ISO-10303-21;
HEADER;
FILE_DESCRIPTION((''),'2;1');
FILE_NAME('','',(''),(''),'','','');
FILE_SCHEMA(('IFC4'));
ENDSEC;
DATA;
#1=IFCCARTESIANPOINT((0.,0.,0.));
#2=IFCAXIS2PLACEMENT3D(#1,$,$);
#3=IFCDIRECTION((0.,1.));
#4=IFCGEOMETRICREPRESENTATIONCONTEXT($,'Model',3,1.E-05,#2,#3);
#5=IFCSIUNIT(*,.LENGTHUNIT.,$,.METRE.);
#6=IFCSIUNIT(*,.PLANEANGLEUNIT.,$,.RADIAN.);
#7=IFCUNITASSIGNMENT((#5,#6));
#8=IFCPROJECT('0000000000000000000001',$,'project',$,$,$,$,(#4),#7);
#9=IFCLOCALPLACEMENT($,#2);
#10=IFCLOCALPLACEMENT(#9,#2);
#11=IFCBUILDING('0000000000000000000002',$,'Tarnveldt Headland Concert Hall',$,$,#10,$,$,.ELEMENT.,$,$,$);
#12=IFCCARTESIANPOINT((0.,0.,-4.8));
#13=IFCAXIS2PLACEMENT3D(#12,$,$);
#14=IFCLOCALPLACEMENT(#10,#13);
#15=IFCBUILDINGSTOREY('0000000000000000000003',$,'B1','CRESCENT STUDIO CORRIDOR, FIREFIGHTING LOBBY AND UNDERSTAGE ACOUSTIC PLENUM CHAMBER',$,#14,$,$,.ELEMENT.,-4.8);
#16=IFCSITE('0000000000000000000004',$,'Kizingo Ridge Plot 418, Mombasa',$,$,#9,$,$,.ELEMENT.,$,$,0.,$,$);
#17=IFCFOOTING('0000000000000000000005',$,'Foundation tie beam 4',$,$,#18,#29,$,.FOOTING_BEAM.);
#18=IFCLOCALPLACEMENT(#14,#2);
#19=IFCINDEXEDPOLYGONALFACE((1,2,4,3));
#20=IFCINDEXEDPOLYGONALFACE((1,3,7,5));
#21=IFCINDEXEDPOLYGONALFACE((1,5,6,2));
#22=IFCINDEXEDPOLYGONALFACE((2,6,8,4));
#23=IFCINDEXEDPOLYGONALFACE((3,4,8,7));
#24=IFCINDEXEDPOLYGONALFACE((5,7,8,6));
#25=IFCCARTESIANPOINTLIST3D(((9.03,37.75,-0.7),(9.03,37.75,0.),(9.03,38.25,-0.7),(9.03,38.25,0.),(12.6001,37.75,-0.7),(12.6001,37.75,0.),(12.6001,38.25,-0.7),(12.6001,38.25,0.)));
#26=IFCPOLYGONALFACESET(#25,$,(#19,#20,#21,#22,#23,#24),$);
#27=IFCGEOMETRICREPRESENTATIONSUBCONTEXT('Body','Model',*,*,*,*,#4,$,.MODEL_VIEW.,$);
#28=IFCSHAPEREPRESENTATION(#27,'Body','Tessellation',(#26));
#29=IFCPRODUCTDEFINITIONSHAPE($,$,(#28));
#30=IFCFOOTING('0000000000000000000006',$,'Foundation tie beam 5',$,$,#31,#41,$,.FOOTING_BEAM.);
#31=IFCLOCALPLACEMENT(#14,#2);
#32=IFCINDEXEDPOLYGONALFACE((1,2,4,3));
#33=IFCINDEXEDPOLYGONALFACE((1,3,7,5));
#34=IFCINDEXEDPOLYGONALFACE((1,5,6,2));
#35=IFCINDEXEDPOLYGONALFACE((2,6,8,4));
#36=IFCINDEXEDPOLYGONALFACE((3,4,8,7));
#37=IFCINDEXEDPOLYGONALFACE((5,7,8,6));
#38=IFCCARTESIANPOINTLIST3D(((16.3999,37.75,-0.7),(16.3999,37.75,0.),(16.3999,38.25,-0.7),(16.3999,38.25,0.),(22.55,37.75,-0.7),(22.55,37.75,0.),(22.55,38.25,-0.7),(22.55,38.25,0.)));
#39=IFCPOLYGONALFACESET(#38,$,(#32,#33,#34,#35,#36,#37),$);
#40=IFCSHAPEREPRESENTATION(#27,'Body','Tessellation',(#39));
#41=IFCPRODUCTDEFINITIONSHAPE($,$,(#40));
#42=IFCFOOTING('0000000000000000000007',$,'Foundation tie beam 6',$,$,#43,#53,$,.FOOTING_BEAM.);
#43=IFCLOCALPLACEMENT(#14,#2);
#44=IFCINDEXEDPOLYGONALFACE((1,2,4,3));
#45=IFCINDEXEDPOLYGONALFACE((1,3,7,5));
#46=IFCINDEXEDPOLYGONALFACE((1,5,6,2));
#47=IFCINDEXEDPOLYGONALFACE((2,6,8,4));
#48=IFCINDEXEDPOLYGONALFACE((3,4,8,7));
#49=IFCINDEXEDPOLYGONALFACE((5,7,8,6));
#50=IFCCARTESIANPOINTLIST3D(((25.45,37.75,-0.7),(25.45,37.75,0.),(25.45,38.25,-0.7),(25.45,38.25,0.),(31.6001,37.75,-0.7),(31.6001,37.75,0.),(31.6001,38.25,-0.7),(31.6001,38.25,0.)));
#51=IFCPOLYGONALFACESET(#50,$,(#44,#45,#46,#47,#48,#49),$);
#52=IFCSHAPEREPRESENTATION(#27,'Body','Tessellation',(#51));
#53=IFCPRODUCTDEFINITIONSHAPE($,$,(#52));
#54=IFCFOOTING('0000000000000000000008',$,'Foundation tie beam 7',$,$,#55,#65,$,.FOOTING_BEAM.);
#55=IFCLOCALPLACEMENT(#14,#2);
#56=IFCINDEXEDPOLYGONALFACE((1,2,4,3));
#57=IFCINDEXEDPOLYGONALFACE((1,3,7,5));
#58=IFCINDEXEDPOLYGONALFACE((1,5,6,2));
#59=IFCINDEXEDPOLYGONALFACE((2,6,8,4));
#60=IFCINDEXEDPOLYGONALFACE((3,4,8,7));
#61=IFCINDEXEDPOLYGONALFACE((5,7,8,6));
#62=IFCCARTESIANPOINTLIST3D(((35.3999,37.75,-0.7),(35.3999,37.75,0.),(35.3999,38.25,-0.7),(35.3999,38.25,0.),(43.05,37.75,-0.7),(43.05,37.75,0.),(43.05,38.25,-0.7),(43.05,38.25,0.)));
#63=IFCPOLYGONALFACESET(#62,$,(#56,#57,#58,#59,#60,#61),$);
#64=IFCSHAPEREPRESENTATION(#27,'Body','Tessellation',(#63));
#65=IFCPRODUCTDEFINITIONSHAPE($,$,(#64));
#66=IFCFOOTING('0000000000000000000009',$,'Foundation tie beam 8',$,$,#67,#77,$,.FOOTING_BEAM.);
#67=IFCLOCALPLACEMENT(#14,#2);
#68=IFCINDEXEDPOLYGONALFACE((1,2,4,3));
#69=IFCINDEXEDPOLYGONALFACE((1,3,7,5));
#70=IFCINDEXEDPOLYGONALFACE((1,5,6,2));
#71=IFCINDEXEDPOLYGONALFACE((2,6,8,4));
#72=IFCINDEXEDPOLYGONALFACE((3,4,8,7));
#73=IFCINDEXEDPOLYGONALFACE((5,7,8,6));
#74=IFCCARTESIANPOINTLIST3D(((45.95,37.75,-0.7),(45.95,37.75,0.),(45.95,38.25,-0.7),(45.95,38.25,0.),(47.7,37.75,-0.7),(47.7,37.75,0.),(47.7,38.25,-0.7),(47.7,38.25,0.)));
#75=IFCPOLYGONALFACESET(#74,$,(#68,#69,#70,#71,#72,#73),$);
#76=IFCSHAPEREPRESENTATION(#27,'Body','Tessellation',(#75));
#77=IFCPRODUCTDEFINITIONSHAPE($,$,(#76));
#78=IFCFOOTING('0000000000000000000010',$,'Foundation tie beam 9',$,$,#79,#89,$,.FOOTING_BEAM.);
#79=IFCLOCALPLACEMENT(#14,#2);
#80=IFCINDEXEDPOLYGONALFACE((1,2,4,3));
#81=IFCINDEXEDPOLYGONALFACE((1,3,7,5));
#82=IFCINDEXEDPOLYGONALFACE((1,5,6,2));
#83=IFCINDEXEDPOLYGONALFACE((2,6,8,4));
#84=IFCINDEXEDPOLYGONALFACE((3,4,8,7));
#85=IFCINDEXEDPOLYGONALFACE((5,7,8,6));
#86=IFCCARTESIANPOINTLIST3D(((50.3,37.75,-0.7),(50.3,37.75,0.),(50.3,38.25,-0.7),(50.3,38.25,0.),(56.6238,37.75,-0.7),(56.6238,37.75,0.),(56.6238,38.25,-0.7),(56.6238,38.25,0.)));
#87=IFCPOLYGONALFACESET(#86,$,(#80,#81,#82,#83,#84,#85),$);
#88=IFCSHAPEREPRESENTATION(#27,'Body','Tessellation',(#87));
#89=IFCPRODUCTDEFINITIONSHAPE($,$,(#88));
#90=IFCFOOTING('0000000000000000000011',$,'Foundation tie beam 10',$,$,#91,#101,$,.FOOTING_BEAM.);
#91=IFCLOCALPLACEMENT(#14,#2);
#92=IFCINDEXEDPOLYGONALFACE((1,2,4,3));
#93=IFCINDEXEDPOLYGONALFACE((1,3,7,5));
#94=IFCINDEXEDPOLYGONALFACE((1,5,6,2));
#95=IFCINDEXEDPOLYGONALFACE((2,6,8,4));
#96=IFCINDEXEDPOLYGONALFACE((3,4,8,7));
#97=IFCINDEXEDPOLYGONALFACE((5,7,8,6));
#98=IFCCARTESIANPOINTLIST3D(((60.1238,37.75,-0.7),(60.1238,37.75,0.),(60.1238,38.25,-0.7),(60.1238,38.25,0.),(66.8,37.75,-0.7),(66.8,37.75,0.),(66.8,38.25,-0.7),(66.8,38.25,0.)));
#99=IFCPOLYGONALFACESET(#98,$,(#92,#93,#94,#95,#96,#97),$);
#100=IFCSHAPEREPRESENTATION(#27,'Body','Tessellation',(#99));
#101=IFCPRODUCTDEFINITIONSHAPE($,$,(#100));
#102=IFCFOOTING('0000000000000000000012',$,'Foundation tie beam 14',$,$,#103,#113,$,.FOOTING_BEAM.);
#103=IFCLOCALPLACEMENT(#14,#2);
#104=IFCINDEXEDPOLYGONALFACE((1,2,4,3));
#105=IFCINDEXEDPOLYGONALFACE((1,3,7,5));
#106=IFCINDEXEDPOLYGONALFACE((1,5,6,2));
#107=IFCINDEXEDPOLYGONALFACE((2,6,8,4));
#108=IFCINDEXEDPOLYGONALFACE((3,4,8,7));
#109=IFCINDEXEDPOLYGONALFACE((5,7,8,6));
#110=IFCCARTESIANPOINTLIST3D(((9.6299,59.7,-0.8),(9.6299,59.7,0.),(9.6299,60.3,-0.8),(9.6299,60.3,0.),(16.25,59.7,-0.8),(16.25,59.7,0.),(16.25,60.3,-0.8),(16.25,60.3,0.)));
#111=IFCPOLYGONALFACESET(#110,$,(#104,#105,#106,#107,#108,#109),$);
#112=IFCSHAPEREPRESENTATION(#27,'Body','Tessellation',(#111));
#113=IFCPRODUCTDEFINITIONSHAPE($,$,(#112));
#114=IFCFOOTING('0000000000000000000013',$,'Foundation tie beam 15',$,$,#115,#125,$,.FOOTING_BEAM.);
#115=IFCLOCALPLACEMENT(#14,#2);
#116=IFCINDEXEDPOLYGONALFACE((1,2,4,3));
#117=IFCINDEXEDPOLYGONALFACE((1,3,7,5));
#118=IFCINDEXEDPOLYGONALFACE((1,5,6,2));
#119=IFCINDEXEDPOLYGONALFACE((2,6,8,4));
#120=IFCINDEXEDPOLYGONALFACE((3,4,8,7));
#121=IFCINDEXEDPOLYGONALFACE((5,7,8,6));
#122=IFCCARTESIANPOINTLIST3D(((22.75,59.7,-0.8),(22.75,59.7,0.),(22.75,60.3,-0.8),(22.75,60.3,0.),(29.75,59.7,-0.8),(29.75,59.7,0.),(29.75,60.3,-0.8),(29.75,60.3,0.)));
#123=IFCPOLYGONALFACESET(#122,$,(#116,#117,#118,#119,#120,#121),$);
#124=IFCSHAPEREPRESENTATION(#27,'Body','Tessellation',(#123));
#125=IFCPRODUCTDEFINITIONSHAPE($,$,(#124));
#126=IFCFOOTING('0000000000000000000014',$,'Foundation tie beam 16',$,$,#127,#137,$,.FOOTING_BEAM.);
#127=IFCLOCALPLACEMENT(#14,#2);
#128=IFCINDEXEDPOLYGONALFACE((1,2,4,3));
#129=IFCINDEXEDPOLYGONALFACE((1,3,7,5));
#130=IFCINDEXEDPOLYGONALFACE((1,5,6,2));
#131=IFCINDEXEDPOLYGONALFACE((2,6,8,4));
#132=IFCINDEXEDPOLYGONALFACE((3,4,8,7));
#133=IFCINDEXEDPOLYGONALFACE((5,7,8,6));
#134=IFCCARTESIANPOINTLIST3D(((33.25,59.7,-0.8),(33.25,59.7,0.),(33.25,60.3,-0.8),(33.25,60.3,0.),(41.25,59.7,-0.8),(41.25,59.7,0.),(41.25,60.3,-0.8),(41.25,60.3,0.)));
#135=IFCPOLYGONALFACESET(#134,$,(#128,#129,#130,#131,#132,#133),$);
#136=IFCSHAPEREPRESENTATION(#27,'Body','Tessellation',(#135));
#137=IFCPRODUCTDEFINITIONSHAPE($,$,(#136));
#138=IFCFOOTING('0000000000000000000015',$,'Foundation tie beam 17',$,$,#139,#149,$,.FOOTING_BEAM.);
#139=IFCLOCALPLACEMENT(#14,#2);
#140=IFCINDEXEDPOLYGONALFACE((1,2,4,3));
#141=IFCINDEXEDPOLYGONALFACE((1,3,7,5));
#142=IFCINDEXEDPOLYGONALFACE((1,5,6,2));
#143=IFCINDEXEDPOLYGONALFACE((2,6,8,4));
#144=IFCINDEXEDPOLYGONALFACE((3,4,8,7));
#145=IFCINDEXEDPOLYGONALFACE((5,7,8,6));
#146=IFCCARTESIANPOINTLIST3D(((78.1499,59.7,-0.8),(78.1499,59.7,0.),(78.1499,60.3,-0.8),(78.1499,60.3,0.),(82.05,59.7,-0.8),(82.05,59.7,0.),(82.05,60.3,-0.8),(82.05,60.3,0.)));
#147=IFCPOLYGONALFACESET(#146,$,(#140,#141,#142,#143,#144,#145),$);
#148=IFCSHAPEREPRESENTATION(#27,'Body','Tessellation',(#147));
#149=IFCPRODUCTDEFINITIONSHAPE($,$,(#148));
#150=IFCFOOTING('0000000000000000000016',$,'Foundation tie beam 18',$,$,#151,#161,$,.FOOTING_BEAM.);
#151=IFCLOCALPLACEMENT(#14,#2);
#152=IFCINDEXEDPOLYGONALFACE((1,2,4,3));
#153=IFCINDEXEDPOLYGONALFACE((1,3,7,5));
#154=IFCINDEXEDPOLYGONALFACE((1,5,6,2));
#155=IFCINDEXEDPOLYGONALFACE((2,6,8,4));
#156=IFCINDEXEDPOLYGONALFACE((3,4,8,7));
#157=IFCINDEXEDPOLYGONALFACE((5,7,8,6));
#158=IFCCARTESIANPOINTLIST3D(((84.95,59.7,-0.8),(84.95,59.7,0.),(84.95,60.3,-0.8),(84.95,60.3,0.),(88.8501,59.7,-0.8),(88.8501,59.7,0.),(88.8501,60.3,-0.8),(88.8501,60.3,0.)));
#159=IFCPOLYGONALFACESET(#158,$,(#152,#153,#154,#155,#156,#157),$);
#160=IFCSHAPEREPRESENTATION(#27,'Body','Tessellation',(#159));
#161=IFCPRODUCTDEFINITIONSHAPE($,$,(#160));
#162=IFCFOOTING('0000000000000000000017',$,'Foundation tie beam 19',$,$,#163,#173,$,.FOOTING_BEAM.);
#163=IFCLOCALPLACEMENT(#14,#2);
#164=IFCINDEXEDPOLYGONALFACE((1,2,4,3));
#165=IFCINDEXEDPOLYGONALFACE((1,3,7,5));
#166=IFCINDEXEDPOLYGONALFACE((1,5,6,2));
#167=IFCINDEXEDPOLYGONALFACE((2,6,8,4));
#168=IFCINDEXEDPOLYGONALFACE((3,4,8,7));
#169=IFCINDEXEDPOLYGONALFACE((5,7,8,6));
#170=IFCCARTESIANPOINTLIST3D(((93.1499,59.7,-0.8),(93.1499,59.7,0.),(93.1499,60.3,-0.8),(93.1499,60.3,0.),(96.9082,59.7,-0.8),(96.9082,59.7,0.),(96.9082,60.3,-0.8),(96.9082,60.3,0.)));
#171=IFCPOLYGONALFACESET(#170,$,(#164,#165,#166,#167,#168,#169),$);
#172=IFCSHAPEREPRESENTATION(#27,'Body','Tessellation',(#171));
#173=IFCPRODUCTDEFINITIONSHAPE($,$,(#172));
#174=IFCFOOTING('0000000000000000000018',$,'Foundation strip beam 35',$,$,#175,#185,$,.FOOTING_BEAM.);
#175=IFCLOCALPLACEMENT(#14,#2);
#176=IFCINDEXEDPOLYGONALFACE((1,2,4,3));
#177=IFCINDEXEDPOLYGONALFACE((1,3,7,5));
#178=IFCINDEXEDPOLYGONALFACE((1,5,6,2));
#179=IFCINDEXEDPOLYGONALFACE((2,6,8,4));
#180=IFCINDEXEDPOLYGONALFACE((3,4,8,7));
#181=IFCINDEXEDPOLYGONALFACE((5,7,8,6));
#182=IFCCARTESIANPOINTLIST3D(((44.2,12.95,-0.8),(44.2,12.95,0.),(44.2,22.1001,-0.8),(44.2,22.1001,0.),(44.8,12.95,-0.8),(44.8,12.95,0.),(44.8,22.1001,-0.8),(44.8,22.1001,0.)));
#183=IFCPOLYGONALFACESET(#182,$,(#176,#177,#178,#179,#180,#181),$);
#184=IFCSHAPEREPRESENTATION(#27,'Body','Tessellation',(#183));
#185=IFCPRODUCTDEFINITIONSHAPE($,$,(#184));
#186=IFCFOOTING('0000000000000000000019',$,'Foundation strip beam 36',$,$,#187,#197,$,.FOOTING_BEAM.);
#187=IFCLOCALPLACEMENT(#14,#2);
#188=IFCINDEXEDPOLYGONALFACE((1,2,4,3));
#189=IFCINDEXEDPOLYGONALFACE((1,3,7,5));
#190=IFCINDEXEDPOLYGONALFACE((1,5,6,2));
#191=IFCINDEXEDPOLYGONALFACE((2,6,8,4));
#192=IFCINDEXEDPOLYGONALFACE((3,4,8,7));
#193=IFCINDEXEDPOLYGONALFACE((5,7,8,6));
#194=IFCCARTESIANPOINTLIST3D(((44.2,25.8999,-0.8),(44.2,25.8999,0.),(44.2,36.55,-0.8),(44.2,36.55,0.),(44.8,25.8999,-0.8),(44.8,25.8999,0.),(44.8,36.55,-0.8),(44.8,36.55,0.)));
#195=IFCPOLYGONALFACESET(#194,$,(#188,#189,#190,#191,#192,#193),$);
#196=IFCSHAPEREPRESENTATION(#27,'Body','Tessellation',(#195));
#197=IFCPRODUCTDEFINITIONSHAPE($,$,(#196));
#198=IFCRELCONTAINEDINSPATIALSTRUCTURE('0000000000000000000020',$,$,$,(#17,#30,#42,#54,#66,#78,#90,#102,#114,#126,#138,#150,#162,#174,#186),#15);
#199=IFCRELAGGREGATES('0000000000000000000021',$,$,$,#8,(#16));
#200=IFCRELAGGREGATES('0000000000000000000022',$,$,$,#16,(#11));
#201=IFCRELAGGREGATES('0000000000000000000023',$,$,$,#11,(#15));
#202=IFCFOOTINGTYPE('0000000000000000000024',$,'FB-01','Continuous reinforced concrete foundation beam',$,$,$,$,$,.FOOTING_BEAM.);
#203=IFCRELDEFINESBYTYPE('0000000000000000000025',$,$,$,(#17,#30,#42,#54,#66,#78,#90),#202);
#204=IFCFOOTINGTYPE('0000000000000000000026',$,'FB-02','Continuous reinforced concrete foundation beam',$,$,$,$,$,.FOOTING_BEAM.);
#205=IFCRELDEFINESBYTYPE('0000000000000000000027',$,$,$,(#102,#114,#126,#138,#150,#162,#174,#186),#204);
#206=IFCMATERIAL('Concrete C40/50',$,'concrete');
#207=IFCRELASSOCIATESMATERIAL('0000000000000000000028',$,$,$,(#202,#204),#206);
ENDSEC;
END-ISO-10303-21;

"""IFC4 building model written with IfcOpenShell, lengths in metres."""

from ifc_helpers import new_model, si_unit, direction, frame, origin, place, context, subcontext, project, spatial, polyline, outline, extrude, material, type_object, element, save


model = new_model("IFC4")

# Units and contexts
model_context = context("Model", 3, precision=1e-05, world=origin(), true_north=direction((0.0, 1.0)))
body_context = subcontext(model_context, "Body", "Model", "MODEL_VIEW")
ifc_project = project(units=[si_unit("LENGTHUNIT", "METRE"), si_unit("PLANEANGLEUNIT", "RADIAN")], contexts=[model_context])

# Site, building, storey
site_placement = place(None, origin())
site = spatial("IfcSite", under=ifc_project, at=site_placement, Name="Kizingo Ridge Plot 418, Mombasa", CompositionType="ELEMENT", RefElevation=0.0)
building_placement = place(site_placement, origin())
building = spatial("IfcBuilding", under=site, at=building_placement, Name="Tarnveldt Headland Concert Hall", CompositionType="ELEMENT")
storey_placement = place(building_placement, frame((0.0, 0.0, -4.8)))
storey = spatial("IfcBuildingStorey", under=building, at=storey_placement, Name="B1", Description="CRESCENT STUDIO CORRIDOR, FIREFIGHTING LOBBY AND UNDERSTAGE ACOUSTIC PLENUM CHAMBER", CompositionType="ELEMENT", Elevation=-4.8)

# Footings
ifc_material = material(Name="Concrete C40/50", Category="concrete")
footing_type_1 = type_object("IfcFootingType", Name="FB-01", Description="Continuous reinforced concrete foundation beam", PredefinedType="FOOTING_BEAM", material=ifc_material)
footing_1_placement = place(storey_placement, frame((0.0, 0.0, -0.7)))
element("IfcFooting", 1, at=footing_1_placement, inside=storey, type_object=footing_type_1, Name="Foundation tie beam 4", PredefinedType="FOOTING_BEAM", context=body_context, shape_type="SweptSolid", body=[
    extrude(outline(polyline([(12.6001, 37.75), (12.6001, 38.25), (9.03, 38.25), (9.03, 37.75), (12.6001, 37.75)])), origin(), (0.0, 0.0, 1.0), 0.7),
])
footing_2_placement = place(storey_placement, frame((0.0, 0.0, -0.7)))
element("IfcFooting", 2, at=footing_2_placement, inside=storey, type_object=footing_type_1, Name="Foundation tie beam 5", PredefinedType="FOOTING_BEAM", context=body_context, shape_type="SweptSolid", body=[
    extrude(outline(polyline([(22.55, 37.75), (22.55, 38.25), (16.3999, 38.25), (16.3999, 37.75), (22.55, 37.75)])), origin(), (0.0, 0.0, 1.0), 0.7),
])
footing_3_placement = place(storey_placement, frame((0.0, 0.0, -0.7)))
element("IfcFooting", 3, at=footing_3_placement, inside=storey, type_object=footing_type_1, Name="Foundation tie beam 6", PredefinedType="FOOTING_BEAM", context=body_context, shape_type="SweptSolid", body=[
    extrude(outline(polyline([(31.6001, 37.75), (31.6001, 38.25), (25.45, 38.25), (25.45, 37.75), (31.6001, 37.75)])), origin(), (0.0, 0.0, 1.0), 0.7),
])
footing_4_placement = place(storey_placement, frame((0.0, 0.0, -0.7)))
element("IfcFooting", 4, at=footing_4_placement, inside=storey, type_object=footing_type_1, Name="Foundation tie beam 7", PredefinedType="FOOTING_BEAM", context=body_context, shape_type="SweptSolid", body=[
    extrude(outline(polyline([(43.05, 37.75), (43.05, 38.25), (35.3999, 38.25), (35.3999, 37.75), (43.05, 37.75)])), origin(), (0.0, 0.0, 1.0), 0.7),
])
footing_5_placement = place(storey_placement, frame((0.0, 0.0, -0.7)))
element("IfcFooting", 5, at=footing_5_placement, inside=storey, type_object=footing_type_1, Name="Foundation tie beam 8", PredefinedType="FOOTING_BEAM", context=body_context, shape_type="SweptSolid", body=[
    extrude(outline(polyline([(47.7, 37.75), (47.7, 38.25), (45.95, 38.25), (45.95, 37.75), (47.7, 37.75)])), origin(), (0.0, 0.0, 1.0), 0.7),
])
footing_6_placement = place(storey_placement, frame((0.0, 0.0, -0.7)))
element("IfcFooting", 6, at=footing_6_placement, inside=storey, type_object=footing_type_1, Name="Foundation tie beam 9", PredefinedType="FOOTING_BEAM", context=body_context, shape_type="SweptSolid", body=[
    extrude(outline(polyline([(56.6238, 37.75), (56.6238, 38.25), (50.3, 38.25), (50.3, 37.75), (56.6238, 37.75)])), origin(), (0.0, 0.0, 1.0), 0.7),
])
footing_7_placement = place(storey_placement, frame((0.0, 0.0, -0.7)))
element("IfcFooting", 7, at=footing_7_placement, inside=storey, type_object=footing_type_1, Name="Foundation tie beam 10", PredefinedType="FOOTING_BEAM", context=body_context, shape_type="SweptSolid", body=[
    extrude(outline(polyline([(66.8, 37.75), (66.8, 38.25), (60.1238, 38.25), (60.1238, 37.75), (66.8, 37.75)])), origin(), (0.0, 0.0, 1.0), 0.7),
])
footing_type_2 = type_object("IfcFootingType", Name="FB-02", Description="Continuous reinforced concrete foundation beam", PredefinedType="FOOTING_BEAM", material=ifc_material)
footing_8_placement = place(storey_placement, frame((0.0, 0.0, -0.8)))
element("IfcFooting", 8, at=footing_8_placement, inside=storey, type_object=footing_type_2, Name="Foundation tie beam 14", PredefinedType="FOOTING_BEAM", context=body_context, shape_type="SweptSolid", body=[
    extrude(outline(polyline([(16.25, 59.7), (16.25, 60.3), (9.6299, 60.3), (9.6299, 59.7), (16.25, 59.7)])), origin(), (0.0, 0.0, 1.0), 0.8),
])
footing_9_placement = place(storey_placement, frame((0.0, 0.0, -0.8)))
element("IfcFooting", 9, at=footing_9_placement, inside=storey, type_object=footing_type_2, Name="Foundation tie beam 15", PredefinedType="FOOTING_BEAM", context=body_context, shape_type="SweptSolid", body=[
    extrude(outline(polyline([(29.75, 59.7), (29.75, 60.3), (22.75, 60.3), (22.75, 59.7), (29.75, 59.7)])), origin(), (0.0, 0.0, 1.0), 0.8),
])
footing_10_placement = place(storey_placement, frame((0.0, 0.0, -0.8)))
element("IfcFooting", 10, at=footing_10_placement, inside=storey, type_object=footing_type_2, Name="Foundation tie beam 16", PredefinedType="FOOTING_BEAM", context=body_context, shape_type="SweptSolid", body=[
    extrude(outline(polyline([(41.25, 59.7), (41.25, 60.3), (33.25, 60.3), (33.25, 59.7), (41.25, 59.7)])), origin(), (0.0, 0.0, 1.0), 0.8),
])
footing_11_placement = place(storey_placement, frame((0.0, 0.0, -0.8)))
element("IfcFooting", 11, at=footing_11_placement, inside=storey, type_object=footing_type_2, Name="Foundation tie beam 17", PredefinedType="FOOTING_BEAM", context=body_context, shape_type="SweptSolid", body=[
    extrude(outline(polyline([(82.05, 59.7), (82.05, 60.3), (78.1499, 60.3), (78.1499, 59.7), (82.05, 59.7)])), origin(), (0.0, 0.0, 1.0), 0.8),
])
footing_12_placement = place(storey_placement, frame((0.0, 0.0, -0.8)))
element("IfcFooting", 12, at=footing_12_placement, inside=storey, type_object=footing_type_2, Name="Foundation tie beam 18", PredefinedType="FOOTING_BEAM", context=body_context, shape_type="SweptSolid", body=[
    extrude(outline(polyline([(88.8501, 59.7), (88.8501, 60.3), (84.95, 60.3), (84.95, 59.7), (88.8501, 59.7)])), origin(), (0.0, 0.0, 1.0), 0.8),
])
footing_13_placement = place(storey_placement, frame((0.0, 0.0, -0.8)))
element("IfcFooting", 13, at=footing_13_placement, inside=storey, type_object=footing_type_2, Name="Foundation tie beam 19", PredefinedType="FOOTING_BEAM", context=body_context, shape_type="SweptSolid", body=[
    extrude(outline(polyline([(96.9082, 59.7), (96.9082, 60.3), (93.1499, 60.3), (93.1499, 59.7), (96.9082, 59.7)])), origin(), (0.0, 0.0, 1.0), 0.8),
])
footing_14_placement = place(storey_placement, frame((0.0, 0.0, -0.8)))
element("IfcFooting", 14, at=footing_14_placement, inside=storey, type_object=footing_type_2, Name="Foundation strip beam 35", PredefinedType="FOOTING_BEAM", context=body_context, shape_type="SweptSolid", body=[
    extrude(outline(polyline([(44.8, 12.95), (44.8, 22.1001), (44.2, 22.1001), (44.2, 12.95), (44.8, 12.95)])), origin(), (0.0, 0.0, 1.0), 0.8),
])
footing_15_placement = place(storey_placement, frame((0.0, 0.0, -0.8)))
element("IfcFooting", 15, at=footing_15_placement, inside=storey, type_object=footing_type_2, Name="Foundation strip beam 36", PredefinedType="FOOTING_BEAM", context=body_context, shape_type="SweptSolid", body=[
    extrude(outline(polyline([(44.8, 25.8999), (44.8, 36.55), (44.2, 36.55), (44.2, 25.8999), (44.8, 25.8999)])), origin(), (0.0, 0.0, 1.0), 0.8),
])

save(model, "model.ifc")
